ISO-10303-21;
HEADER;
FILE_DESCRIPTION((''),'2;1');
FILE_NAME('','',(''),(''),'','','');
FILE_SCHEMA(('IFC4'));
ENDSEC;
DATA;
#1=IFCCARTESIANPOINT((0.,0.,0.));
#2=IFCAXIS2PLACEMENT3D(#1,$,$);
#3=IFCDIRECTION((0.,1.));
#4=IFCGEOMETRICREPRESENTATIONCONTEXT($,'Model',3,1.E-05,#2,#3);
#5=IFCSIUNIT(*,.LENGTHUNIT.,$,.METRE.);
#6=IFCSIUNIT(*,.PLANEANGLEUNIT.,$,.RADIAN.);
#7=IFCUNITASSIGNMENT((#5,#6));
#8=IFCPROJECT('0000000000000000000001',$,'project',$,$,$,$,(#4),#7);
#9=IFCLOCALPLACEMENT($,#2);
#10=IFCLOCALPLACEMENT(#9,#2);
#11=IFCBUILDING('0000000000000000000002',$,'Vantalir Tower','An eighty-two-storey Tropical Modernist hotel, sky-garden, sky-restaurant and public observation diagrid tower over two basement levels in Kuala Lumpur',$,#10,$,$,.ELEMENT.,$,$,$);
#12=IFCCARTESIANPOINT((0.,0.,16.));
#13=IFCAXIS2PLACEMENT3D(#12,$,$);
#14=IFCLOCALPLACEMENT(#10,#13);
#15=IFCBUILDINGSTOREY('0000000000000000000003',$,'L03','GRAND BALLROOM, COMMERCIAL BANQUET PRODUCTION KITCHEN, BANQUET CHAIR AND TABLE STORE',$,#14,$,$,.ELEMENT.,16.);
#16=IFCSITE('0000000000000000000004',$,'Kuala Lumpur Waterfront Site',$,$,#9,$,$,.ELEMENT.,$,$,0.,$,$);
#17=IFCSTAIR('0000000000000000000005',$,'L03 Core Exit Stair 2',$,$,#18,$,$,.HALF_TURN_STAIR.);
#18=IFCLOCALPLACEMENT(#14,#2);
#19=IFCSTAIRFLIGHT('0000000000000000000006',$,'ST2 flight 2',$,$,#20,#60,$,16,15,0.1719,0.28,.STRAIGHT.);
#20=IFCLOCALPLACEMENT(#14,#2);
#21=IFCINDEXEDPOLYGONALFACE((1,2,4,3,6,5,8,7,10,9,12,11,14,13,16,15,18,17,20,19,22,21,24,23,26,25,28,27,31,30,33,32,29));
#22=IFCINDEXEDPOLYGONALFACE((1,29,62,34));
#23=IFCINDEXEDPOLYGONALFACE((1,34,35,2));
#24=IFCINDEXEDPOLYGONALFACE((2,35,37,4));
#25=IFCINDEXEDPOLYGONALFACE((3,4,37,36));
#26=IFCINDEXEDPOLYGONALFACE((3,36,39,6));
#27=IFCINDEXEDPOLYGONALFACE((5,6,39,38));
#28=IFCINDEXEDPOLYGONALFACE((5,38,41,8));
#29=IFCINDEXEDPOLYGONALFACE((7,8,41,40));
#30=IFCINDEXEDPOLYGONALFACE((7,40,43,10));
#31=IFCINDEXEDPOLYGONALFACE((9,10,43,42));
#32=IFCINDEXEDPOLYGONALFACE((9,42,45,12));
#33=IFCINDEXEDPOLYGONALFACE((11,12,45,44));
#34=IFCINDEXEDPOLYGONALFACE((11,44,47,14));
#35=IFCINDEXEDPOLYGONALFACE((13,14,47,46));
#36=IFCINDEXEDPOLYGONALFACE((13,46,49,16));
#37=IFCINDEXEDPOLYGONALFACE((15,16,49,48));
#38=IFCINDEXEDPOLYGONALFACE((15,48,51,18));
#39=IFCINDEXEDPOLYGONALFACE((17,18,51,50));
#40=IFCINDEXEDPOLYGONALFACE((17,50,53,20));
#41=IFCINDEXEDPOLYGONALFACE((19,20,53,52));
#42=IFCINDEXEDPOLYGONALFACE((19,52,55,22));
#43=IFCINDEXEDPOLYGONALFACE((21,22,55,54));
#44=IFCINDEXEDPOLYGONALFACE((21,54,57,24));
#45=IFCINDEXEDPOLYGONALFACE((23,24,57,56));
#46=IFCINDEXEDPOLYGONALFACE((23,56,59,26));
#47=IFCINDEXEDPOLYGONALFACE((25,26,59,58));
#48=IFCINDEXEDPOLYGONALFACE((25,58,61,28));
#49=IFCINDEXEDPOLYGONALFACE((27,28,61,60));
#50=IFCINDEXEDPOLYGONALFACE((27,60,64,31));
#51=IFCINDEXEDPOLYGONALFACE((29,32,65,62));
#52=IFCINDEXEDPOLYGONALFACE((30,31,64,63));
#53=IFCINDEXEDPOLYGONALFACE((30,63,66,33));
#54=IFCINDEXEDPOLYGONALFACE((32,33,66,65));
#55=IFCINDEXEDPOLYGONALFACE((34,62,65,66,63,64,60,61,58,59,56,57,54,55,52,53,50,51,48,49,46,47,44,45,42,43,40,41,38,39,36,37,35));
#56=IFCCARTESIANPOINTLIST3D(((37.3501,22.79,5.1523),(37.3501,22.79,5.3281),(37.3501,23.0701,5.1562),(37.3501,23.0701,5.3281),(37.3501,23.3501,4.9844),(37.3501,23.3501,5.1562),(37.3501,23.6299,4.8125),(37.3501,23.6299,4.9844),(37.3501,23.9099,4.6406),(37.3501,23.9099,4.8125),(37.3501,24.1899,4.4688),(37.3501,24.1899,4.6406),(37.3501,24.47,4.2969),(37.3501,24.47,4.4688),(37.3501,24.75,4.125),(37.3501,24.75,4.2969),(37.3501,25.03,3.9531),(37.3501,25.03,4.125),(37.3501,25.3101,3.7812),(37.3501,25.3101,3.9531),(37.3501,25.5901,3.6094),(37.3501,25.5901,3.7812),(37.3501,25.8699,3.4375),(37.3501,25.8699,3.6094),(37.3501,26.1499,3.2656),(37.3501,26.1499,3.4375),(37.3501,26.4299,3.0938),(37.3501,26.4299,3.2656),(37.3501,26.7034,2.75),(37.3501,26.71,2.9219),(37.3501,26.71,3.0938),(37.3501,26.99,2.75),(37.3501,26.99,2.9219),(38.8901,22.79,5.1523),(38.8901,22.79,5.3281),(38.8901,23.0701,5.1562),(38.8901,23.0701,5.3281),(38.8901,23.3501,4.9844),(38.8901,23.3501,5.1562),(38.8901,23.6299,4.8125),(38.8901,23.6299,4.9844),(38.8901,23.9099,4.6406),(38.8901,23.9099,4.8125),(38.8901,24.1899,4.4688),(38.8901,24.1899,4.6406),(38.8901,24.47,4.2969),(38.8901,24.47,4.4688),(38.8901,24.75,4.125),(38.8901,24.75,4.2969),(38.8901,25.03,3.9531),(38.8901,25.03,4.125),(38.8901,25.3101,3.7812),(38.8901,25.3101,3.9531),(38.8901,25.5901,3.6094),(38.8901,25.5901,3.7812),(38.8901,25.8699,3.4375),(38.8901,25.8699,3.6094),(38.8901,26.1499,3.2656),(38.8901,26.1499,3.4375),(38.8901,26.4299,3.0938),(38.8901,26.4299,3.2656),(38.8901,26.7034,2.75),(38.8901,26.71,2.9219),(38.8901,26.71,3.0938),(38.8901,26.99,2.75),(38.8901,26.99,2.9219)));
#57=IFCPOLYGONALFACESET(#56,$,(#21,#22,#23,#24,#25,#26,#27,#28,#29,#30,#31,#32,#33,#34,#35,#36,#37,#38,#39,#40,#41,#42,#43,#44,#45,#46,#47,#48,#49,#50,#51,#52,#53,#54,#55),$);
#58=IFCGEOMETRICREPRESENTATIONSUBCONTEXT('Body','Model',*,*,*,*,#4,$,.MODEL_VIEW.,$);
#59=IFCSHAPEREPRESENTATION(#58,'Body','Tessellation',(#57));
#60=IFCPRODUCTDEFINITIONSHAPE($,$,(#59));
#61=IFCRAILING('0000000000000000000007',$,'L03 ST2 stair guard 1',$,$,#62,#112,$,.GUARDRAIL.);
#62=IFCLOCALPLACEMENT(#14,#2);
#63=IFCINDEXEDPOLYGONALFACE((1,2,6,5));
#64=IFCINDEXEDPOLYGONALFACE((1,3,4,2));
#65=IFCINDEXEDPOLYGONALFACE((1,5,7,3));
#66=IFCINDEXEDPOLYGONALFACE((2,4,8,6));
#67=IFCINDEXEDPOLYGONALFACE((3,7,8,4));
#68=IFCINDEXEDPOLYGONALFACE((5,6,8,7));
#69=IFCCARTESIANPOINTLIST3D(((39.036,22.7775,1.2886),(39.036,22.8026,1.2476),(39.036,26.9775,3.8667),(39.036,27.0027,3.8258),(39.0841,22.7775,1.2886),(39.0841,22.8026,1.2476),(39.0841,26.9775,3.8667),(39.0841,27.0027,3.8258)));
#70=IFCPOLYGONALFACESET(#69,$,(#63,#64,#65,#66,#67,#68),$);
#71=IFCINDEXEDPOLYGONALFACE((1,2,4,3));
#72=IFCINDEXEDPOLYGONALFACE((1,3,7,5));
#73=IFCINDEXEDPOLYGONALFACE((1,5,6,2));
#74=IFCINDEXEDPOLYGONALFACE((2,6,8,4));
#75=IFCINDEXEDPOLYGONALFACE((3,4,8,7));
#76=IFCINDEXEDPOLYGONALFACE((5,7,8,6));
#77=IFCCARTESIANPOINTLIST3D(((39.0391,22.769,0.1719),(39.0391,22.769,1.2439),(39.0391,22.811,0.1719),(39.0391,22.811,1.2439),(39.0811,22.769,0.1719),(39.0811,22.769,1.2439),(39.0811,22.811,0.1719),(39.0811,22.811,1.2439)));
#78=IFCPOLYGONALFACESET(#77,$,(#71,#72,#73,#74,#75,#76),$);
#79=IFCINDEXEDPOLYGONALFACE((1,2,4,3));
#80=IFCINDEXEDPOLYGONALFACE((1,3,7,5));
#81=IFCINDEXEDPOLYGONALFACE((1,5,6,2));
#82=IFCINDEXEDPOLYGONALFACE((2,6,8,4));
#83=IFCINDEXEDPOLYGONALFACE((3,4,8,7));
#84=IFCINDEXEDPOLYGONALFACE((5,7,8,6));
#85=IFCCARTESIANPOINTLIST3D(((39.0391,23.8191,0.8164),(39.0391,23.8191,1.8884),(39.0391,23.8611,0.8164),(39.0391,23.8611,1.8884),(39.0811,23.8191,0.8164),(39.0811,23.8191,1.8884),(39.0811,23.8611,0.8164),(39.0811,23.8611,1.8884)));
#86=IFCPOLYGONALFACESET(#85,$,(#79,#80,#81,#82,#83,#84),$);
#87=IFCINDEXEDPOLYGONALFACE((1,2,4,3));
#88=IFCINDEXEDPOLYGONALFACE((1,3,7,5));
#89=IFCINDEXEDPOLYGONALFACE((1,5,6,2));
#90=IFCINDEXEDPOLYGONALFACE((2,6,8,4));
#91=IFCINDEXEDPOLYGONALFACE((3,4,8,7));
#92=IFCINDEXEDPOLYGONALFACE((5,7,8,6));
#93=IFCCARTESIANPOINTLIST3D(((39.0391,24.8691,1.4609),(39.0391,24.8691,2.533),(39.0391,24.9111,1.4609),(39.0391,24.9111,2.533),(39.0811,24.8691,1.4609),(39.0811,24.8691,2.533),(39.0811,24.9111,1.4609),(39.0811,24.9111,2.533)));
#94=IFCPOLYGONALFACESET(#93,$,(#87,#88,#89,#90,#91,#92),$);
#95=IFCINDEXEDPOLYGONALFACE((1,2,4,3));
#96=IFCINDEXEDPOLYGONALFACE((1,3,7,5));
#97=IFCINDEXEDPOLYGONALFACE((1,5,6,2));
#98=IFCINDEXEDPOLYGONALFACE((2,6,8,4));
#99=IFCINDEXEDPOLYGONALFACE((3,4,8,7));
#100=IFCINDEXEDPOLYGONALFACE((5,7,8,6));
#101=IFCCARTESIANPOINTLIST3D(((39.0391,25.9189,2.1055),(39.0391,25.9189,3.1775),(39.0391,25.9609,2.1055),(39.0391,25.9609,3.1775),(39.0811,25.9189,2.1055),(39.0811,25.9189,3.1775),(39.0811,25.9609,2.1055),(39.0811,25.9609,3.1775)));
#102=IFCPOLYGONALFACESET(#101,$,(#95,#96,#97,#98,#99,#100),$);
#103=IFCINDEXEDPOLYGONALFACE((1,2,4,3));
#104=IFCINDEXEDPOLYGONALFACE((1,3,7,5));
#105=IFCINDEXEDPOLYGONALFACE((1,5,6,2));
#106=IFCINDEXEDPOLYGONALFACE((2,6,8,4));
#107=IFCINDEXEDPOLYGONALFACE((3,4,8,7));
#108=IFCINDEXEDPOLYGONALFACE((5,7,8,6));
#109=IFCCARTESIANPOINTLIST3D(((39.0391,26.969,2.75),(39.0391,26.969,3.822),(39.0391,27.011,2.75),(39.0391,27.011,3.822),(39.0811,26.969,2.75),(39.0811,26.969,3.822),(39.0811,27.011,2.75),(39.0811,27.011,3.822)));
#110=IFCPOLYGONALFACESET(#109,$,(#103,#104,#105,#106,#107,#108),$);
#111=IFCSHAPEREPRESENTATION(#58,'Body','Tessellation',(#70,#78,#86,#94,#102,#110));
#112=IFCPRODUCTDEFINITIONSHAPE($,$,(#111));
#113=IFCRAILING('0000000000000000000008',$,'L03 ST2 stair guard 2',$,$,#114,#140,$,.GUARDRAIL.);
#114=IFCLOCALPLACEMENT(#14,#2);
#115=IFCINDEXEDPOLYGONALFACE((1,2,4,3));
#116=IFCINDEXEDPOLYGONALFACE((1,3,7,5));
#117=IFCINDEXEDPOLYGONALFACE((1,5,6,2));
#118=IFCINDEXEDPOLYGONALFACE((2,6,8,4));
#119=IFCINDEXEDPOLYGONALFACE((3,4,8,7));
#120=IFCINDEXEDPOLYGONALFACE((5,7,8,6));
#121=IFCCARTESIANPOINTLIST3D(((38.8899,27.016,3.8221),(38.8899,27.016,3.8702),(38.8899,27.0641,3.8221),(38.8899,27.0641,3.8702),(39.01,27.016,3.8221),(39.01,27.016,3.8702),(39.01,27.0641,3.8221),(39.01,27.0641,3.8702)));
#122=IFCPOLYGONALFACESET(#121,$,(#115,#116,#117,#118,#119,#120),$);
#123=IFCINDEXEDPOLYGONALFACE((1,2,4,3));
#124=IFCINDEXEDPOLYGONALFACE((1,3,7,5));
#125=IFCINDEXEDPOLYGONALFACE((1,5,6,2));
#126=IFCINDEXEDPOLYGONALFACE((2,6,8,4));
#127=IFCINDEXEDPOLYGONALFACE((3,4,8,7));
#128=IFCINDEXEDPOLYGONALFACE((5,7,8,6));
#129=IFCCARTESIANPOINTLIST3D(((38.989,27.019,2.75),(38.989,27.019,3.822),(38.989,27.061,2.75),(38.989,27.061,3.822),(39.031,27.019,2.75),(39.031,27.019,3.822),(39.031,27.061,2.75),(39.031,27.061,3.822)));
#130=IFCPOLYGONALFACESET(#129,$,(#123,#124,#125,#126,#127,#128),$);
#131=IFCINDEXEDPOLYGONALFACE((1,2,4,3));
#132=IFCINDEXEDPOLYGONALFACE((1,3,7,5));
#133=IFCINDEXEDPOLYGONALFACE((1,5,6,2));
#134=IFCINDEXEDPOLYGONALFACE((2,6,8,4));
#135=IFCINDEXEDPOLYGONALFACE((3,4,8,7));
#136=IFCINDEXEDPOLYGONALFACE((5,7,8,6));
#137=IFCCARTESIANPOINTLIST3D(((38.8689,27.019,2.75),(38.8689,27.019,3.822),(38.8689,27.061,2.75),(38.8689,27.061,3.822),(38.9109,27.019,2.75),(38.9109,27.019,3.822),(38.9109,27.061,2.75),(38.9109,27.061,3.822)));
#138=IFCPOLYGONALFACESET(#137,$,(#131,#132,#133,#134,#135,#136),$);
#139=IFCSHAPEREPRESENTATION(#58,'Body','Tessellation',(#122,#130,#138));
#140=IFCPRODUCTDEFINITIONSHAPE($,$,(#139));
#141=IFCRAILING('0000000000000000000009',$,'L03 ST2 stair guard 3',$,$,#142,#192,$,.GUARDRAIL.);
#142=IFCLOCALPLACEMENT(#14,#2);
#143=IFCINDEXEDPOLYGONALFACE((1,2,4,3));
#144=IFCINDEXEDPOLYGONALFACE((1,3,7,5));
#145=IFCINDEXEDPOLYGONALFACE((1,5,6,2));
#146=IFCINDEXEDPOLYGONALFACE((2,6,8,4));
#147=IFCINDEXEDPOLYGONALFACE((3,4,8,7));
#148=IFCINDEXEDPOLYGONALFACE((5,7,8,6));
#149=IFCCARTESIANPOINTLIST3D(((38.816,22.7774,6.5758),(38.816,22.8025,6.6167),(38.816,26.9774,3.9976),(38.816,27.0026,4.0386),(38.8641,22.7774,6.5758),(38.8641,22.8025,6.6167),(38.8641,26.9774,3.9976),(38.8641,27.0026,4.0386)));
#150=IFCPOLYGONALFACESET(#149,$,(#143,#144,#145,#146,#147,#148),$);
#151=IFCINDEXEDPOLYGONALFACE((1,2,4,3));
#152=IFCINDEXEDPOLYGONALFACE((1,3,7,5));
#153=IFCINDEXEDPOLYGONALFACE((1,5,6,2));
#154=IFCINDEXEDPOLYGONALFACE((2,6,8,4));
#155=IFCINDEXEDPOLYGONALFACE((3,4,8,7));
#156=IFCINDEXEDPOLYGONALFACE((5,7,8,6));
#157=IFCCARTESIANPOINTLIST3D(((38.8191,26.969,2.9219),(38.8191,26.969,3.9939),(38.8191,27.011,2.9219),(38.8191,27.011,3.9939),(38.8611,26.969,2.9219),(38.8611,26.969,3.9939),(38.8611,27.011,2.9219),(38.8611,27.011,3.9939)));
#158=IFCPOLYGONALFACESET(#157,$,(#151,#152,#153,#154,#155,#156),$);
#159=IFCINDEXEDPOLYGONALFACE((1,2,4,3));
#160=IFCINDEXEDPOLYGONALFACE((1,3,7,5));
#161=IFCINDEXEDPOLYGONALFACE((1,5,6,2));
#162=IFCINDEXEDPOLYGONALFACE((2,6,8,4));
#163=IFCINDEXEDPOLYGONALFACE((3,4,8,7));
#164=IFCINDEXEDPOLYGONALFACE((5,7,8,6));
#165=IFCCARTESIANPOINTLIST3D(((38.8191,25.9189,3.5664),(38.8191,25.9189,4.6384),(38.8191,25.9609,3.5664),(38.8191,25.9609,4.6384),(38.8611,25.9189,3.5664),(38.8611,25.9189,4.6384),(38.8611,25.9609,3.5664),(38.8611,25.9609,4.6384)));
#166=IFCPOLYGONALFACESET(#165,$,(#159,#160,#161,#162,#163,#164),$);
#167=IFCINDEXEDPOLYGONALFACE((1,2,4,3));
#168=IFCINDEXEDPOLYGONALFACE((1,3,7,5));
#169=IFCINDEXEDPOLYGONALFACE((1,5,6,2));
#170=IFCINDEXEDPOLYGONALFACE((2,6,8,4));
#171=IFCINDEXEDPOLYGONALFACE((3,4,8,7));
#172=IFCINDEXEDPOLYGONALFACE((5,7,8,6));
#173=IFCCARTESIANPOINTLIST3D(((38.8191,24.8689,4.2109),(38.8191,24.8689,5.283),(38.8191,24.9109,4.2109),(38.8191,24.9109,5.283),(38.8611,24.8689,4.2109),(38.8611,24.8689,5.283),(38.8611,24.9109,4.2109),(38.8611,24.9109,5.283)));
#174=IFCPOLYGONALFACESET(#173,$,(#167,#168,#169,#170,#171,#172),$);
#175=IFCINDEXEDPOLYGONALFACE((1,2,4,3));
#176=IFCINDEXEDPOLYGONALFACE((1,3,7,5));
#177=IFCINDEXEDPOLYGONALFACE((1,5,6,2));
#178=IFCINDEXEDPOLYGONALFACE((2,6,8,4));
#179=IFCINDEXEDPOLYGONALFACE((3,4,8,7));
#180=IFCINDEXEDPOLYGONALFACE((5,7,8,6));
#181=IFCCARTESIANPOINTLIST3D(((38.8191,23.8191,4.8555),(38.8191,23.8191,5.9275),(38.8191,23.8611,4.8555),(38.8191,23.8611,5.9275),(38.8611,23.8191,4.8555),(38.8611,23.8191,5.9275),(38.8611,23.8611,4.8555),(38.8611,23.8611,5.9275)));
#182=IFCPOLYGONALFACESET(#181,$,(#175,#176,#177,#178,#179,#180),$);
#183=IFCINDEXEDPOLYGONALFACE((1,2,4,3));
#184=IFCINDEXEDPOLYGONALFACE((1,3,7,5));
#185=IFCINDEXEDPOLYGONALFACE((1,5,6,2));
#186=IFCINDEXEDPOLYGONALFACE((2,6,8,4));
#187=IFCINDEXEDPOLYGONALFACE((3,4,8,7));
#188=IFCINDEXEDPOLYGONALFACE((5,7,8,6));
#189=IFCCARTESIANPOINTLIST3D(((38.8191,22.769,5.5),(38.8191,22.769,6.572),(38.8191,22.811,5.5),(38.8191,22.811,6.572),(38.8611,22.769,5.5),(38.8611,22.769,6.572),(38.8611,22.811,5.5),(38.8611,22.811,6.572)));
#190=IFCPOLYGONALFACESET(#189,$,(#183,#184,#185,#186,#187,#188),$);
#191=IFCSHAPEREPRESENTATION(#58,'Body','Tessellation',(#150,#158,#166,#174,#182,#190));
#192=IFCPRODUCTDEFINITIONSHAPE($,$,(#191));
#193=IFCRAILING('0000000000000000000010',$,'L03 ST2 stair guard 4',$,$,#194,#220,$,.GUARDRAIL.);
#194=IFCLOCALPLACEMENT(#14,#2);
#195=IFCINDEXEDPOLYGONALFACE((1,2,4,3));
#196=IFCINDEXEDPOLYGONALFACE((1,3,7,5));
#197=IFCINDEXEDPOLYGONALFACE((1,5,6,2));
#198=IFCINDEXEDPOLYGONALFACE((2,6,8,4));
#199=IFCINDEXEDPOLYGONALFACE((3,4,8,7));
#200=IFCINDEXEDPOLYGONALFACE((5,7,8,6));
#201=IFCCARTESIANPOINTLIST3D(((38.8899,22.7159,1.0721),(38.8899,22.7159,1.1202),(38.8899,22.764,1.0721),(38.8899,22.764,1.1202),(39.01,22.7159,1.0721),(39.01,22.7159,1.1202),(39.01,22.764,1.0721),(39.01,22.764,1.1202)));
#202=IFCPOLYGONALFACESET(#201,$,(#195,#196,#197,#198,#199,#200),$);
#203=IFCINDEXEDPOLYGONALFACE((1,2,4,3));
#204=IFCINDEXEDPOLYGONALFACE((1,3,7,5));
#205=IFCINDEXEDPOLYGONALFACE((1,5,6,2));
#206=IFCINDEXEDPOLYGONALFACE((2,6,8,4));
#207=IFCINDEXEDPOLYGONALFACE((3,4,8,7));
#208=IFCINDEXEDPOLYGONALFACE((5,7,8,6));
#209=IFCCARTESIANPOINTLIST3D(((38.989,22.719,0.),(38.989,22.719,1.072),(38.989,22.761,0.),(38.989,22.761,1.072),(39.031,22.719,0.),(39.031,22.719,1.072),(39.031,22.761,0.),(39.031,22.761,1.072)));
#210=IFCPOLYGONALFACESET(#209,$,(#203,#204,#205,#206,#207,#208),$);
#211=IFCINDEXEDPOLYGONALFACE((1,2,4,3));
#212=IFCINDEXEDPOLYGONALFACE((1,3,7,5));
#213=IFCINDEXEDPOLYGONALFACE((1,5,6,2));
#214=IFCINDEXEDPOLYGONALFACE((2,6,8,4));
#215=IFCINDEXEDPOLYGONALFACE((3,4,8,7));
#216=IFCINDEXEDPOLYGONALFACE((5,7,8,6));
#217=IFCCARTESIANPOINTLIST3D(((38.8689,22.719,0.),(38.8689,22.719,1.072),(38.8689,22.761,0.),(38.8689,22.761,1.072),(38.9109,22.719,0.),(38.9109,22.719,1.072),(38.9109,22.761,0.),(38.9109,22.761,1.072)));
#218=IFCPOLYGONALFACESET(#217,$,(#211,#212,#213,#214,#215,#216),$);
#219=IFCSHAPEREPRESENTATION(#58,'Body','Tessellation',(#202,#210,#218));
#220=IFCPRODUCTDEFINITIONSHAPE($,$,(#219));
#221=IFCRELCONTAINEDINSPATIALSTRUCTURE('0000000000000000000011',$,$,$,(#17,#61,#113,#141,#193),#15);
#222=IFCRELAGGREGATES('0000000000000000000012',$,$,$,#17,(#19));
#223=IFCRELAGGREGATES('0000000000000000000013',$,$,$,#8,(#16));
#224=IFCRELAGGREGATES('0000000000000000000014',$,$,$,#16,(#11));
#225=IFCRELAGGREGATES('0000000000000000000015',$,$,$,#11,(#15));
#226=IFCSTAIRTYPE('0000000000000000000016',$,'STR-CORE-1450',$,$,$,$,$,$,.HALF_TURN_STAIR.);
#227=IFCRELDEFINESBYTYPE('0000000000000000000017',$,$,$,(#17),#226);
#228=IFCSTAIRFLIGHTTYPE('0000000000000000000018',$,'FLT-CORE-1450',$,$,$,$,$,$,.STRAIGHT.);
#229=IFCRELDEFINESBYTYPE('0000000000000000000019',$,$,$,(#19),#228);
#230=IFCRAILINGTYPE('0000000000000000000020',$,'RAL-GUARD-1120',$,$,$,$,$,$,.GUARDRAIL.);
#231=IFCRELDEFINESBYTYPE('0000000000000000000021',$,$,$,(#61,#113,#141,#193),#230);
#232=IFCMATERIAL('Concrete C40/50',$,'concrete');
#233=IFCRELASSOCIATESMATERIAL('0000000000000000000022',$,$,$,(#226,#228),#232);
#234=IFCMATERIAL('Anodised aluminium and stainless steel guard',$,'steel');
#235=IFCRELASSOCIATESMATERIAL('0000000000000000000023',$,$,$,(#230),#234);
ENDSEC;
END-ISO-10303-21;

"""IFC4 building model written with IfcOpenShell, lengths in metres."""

from ifc_helpers import new_model, si_unit, direction, frame, origin, origin_2d, place, context, subcontext, project, spatial, polyline, rectangle, outline, extrude, material, type_object, element, aggregate, save


model = new_model("IFC4")

# Units and contexts
model_context = context("Model", 3, precision=1e-05, world=origin(), true_north=direction((0.0, 1.0)))
body_context = subcontext(model_context, "Body", "Model", "MODEL_VIEW")
ifc_project = project(units=[si_unit("LENGTHUNIT", "METRE"), si_unit("PLANEANGLEUNIT", "RADIAN")], contexts=[model_context])

# Site, building, storey
site_placement = place(None, origin())
site = spatial("IfcSite", under=ifc_project, at=site_placement, Name="Kuala Lumpur Waterfront Site", CompositionType="ELEMENT", RefElevation=0.0)
building_placement = place(site_placement, origin())
building = spatial("IfcBuilding", under=site, at=building_placement, Name="Vantalir Tower", Description="An eighty-two-storey Tropical Modernist hotel, sky-garden, sky-restaurant and public observation diagrid tower over two basement levels in Kuala Lumpur", CompositionType="ELEMENT")
storey_placement = place(building_placement, frame((0.0, 0.0, 16.0)))
storey = spatial("IfcBuildingStorey", under=building, at=storey_placement, Name="L03", Description="GRAND BALLROOM, COMMERCIAL BANQUET PRODUCTION KITCHEN, BANQUET CHAIR AND TABLE STORE", CompositionType="ELEMENT", Elevation=16.0)

# Stair, stair flight
ifc_material_1 = material(Name="Concrete C40/50", Category="concrete")
stair_type = type_object("IfcStairType", Name="STR-CORE-1450", PredefinedType="HALF_TURN_STAIR", material=ifc_material_1)
stair_placement = place(storey_placement, origin())
stair = element("IfcStair", 1, at=stair_placement, inside=storey, type_object=stair_type, Name="L03 Core Exit Stair 2", PredefinedType="HALF_TURN_STAIR")
stair_flight_type = type_object("IfcStairFlightType", Name="FLT-CORE-1450", PredefinedType="STRAIGHT", material=ifc_material_1)
stair_flight_1_placement = place(storey_placement, frame((38.1201, 26.99, 2.75), z_axis=(0.0, 0.0, 1.0), x_axis=(0.0, -1.0, 0.0)))
stair_flight_1 = element("IfcStairFlight", 2, at=stair_flight_1_placement, type_object=stair_flight_type, Name="ST2 flight 2", NumberOfRisers=16, NumberOfTreads=15, PredefinedType="STRAIGHT", RiserHeight=0.1719, TreadLength=0.28, context=body_context, shape_type="SweptSolid", body=[
    extrude(outline(polyline([(0.0, 0.0), (0.0, 0.1719), (0.28, 0.1719), (0.28, 0.3438), (0.5601, 0.3438), (0.5601, 0.5156), (0.8401, 0.5156), (0.8401, 0.6875), (1.1201, 0.6875), (1.1201, 0.8594), (1.3999, 0.8594), (1.3999, 1.0312), (1.6799, 1.0312), (1.6799, 1.2031), (1.96, 1.2031), (1.96, 1.375), (2.24, 1.375), (2.24, 1.5469), (2.52, 1.5469), (2.52, 1.7188), (2.8, 1.7188), (2.8, 1.8906), (3.0801, 1.8906), (3.0801, 2.0625), (3.3601, 2.0625), (3.3601, 2.2344), (3.6399, 2.2344), (3.6399, 2.4062), (3.9199, 2.4062), (3.9199, 2.5781), (4.2, 2.5781), (4.2, 2.75), (4.2, 2.4023), (0.2866, 0.0), (0.0, 0.0)])), frame((0.0, 0.77, 0.0), z_axis=(0.0, -1.0, 0.0), x_axis=(1.0, 0.0, 0.0)), (0.0, 0.0, 1.0), 1.54),
])
aggregate(stair, [stair_flight_1])

# Railings
ifc_material_2 = material(Name="Anodised aluminium and stainless steel guard", Category="steel")
railing_type_1 = type_object("IfcRailingType", Name="RAL-GUARD-1120", PredefinedType="GUARDRAIL", material=ifc_material_2)
railing_1_placement = place(storey_placement, frame((39.0601, 22.79, 0.1719)))
element("IfcRailing", 3, at=railing_1_placement, inside=storey, type_object=railing_type_1, Name="L03 ST2 stair guard 1", PredefinedType="GUARDRAIL", context=body_context, shape_type="SweptSolid", body=[
    extrude(rectangle(XDim=0.0481, YDim=0.0481, at=origin_2d()), frame((0.0, 0.0, 1.0962), z_axis=(0.0, 0.852243, 0.523146), x_axis=(-1.0, 0.0, 0.0)), (0.0, 0.0, 1.0), 4.9282),
    extrude(rectangle(XDim=0.042, YDim=0.042, at=origin_2d()), origin(), (0.0, 0.0, 1.0), 1.072),
    extrude(rectangle(XDim=0.042, YDim=0.042, at=origin_2d()), frame((0.0, 1.05, 0.6445)), (0.0, 0.0, 1.0), 1.072),
    extrude(rectangle(XDim=0.042, YDim=0.042, at=origin_2d()), frame((0.0, 2.1001, 1.2891)), (0.0, 0.0, 1.0), 1.072),
    extrude(rectangle(XDim=0.042, YDim=0.042, at=origin_2d()), frame((0.0, 3.1499, 1.9336)), (0.0, 0.0, 1.0), 1.072),
    extrude(rectangle(XDim=0.042, YDim=0.042, at=origin_2d()), frame((0.0, 4.2, 2.5781)), (0.0, 0.0, 1.0), 1.072),
])
railing_2_placement = place(storey_placement, frame((39.01, 27.04, 2.75)))
element("IfcRailing", 4, at=railing_2_placement, inside=storey, type_object=railing_type_1, Name="L03 ST2 stair guard 2", PredefinedType="GUARDRAIL", context=body_context, shape_type="SweptSolid", body=[
    extrude(rectangle(XDim=0.0481, YDim=0.0481, at=origin_2d()), frame((0.0, 0.0, 1.0962), z_axis=(-1.0, 0.0, 0.0), x_axis=(0.0, -1.0, 0.0)), (0.0, 0.0, 1.0), 0.1201),
    extrude(rectangle(XDim=0.042, YDim=0.042, at=origin_2d()), origin(), (0.0, 0.0, 1.0), 1.072),
    extrude(rectangle(XDim=0.042, YDim=0.042, at=origin_2d()), frame((-0.1201, 0.0, 0.0)), (0.0, 0.0, 1.0), 1.072),
])
railing_3_placement = place(storey_placement, frame((38.8401, 26.99, 2.9219)))
element("IfcRailing", 5, at=railing_3_placement, inside=storey, type_object=railing_type_1, Name="L03 ST2 stair guard 3", PredefinedType="GUARDRAIL", context=body_context, shape_type="SweptSolid", body=[
    extrude(rectangle(XDim=0.0481, YDim=0.0481, at=origin_2d()), frame((0.0, 0.0, 1.0962), z_axis=(0.0, -0.852243, 0.523146), x_axis=(1.0, 0.0, 0.0)), (0.0, 0.0, 1.0), 4.9282),
    extrude(rectangle(XDim=0.042, YDim=0.042, at=origin_2d()), origin(), (0.0, 0.0, 1.0), 1.072),
    extrude(rectangle(XDim=0.042, YDim=0.042, at=origin_2d()), frame((0.0, -1.05, 0.6445)), (0.0, 0.0, 1.0), 1.072),
    extrude(rectangle(XDim=0.042, YDim=0.042, at=origin_2d()), frame((0.0, -2.1001, 1.2891)), (0.0, 0.0, 1.0), 1.072),
    extrude(rectangle(XDim=0.042, YDim=0.042, at=origin_2d()), frame((0.0, -3.1499, 1.9336)), (0.0, 0.0, 1.0), 1.072),
    extrude(rectangle(XDim=0.042, YDim=0.042, at=origin_2d()), frame((0.0, -4.2, 2.5781)), (0.0, 0.0, 1.0), 1.072),
])
railing_4_placement = place(storey_placement, frame((39.01, 22.74, 0.0)))
element("IfcRailing", 6, at=railing_4_placement, inside=storey, type_object=railing_type_1, Name="L03 ST2 stair guard 4", PredefinedType="GUARDRAIL", context=body_context, shape_type="SweptSolid", body=[
    extrude(rectangle(XDim=0.0481, YDim=0.0481, at=origin_2d()), frame((0.0, 0.0, 1.0962), z_axis=(-1.0, 0.0, 0.0), x_axis=(0.0, -1.0, 0.0)), (0.0, 0.0, 1.0), 0.1201),
    extrude(rectangle(XDim=0.042, YDim=0.042, at=origin_2d()), origin(), (0.0, 0.0, 1.0), 1.072),
    extrude(rectangle(XDim=0.042, YDim=0.042, at=origin_2d()), frame((-0.1201, 0.0, 0.0)), (0.0, 0.0, 1.0), 1.072),
])

save(model, "model.ifc")
